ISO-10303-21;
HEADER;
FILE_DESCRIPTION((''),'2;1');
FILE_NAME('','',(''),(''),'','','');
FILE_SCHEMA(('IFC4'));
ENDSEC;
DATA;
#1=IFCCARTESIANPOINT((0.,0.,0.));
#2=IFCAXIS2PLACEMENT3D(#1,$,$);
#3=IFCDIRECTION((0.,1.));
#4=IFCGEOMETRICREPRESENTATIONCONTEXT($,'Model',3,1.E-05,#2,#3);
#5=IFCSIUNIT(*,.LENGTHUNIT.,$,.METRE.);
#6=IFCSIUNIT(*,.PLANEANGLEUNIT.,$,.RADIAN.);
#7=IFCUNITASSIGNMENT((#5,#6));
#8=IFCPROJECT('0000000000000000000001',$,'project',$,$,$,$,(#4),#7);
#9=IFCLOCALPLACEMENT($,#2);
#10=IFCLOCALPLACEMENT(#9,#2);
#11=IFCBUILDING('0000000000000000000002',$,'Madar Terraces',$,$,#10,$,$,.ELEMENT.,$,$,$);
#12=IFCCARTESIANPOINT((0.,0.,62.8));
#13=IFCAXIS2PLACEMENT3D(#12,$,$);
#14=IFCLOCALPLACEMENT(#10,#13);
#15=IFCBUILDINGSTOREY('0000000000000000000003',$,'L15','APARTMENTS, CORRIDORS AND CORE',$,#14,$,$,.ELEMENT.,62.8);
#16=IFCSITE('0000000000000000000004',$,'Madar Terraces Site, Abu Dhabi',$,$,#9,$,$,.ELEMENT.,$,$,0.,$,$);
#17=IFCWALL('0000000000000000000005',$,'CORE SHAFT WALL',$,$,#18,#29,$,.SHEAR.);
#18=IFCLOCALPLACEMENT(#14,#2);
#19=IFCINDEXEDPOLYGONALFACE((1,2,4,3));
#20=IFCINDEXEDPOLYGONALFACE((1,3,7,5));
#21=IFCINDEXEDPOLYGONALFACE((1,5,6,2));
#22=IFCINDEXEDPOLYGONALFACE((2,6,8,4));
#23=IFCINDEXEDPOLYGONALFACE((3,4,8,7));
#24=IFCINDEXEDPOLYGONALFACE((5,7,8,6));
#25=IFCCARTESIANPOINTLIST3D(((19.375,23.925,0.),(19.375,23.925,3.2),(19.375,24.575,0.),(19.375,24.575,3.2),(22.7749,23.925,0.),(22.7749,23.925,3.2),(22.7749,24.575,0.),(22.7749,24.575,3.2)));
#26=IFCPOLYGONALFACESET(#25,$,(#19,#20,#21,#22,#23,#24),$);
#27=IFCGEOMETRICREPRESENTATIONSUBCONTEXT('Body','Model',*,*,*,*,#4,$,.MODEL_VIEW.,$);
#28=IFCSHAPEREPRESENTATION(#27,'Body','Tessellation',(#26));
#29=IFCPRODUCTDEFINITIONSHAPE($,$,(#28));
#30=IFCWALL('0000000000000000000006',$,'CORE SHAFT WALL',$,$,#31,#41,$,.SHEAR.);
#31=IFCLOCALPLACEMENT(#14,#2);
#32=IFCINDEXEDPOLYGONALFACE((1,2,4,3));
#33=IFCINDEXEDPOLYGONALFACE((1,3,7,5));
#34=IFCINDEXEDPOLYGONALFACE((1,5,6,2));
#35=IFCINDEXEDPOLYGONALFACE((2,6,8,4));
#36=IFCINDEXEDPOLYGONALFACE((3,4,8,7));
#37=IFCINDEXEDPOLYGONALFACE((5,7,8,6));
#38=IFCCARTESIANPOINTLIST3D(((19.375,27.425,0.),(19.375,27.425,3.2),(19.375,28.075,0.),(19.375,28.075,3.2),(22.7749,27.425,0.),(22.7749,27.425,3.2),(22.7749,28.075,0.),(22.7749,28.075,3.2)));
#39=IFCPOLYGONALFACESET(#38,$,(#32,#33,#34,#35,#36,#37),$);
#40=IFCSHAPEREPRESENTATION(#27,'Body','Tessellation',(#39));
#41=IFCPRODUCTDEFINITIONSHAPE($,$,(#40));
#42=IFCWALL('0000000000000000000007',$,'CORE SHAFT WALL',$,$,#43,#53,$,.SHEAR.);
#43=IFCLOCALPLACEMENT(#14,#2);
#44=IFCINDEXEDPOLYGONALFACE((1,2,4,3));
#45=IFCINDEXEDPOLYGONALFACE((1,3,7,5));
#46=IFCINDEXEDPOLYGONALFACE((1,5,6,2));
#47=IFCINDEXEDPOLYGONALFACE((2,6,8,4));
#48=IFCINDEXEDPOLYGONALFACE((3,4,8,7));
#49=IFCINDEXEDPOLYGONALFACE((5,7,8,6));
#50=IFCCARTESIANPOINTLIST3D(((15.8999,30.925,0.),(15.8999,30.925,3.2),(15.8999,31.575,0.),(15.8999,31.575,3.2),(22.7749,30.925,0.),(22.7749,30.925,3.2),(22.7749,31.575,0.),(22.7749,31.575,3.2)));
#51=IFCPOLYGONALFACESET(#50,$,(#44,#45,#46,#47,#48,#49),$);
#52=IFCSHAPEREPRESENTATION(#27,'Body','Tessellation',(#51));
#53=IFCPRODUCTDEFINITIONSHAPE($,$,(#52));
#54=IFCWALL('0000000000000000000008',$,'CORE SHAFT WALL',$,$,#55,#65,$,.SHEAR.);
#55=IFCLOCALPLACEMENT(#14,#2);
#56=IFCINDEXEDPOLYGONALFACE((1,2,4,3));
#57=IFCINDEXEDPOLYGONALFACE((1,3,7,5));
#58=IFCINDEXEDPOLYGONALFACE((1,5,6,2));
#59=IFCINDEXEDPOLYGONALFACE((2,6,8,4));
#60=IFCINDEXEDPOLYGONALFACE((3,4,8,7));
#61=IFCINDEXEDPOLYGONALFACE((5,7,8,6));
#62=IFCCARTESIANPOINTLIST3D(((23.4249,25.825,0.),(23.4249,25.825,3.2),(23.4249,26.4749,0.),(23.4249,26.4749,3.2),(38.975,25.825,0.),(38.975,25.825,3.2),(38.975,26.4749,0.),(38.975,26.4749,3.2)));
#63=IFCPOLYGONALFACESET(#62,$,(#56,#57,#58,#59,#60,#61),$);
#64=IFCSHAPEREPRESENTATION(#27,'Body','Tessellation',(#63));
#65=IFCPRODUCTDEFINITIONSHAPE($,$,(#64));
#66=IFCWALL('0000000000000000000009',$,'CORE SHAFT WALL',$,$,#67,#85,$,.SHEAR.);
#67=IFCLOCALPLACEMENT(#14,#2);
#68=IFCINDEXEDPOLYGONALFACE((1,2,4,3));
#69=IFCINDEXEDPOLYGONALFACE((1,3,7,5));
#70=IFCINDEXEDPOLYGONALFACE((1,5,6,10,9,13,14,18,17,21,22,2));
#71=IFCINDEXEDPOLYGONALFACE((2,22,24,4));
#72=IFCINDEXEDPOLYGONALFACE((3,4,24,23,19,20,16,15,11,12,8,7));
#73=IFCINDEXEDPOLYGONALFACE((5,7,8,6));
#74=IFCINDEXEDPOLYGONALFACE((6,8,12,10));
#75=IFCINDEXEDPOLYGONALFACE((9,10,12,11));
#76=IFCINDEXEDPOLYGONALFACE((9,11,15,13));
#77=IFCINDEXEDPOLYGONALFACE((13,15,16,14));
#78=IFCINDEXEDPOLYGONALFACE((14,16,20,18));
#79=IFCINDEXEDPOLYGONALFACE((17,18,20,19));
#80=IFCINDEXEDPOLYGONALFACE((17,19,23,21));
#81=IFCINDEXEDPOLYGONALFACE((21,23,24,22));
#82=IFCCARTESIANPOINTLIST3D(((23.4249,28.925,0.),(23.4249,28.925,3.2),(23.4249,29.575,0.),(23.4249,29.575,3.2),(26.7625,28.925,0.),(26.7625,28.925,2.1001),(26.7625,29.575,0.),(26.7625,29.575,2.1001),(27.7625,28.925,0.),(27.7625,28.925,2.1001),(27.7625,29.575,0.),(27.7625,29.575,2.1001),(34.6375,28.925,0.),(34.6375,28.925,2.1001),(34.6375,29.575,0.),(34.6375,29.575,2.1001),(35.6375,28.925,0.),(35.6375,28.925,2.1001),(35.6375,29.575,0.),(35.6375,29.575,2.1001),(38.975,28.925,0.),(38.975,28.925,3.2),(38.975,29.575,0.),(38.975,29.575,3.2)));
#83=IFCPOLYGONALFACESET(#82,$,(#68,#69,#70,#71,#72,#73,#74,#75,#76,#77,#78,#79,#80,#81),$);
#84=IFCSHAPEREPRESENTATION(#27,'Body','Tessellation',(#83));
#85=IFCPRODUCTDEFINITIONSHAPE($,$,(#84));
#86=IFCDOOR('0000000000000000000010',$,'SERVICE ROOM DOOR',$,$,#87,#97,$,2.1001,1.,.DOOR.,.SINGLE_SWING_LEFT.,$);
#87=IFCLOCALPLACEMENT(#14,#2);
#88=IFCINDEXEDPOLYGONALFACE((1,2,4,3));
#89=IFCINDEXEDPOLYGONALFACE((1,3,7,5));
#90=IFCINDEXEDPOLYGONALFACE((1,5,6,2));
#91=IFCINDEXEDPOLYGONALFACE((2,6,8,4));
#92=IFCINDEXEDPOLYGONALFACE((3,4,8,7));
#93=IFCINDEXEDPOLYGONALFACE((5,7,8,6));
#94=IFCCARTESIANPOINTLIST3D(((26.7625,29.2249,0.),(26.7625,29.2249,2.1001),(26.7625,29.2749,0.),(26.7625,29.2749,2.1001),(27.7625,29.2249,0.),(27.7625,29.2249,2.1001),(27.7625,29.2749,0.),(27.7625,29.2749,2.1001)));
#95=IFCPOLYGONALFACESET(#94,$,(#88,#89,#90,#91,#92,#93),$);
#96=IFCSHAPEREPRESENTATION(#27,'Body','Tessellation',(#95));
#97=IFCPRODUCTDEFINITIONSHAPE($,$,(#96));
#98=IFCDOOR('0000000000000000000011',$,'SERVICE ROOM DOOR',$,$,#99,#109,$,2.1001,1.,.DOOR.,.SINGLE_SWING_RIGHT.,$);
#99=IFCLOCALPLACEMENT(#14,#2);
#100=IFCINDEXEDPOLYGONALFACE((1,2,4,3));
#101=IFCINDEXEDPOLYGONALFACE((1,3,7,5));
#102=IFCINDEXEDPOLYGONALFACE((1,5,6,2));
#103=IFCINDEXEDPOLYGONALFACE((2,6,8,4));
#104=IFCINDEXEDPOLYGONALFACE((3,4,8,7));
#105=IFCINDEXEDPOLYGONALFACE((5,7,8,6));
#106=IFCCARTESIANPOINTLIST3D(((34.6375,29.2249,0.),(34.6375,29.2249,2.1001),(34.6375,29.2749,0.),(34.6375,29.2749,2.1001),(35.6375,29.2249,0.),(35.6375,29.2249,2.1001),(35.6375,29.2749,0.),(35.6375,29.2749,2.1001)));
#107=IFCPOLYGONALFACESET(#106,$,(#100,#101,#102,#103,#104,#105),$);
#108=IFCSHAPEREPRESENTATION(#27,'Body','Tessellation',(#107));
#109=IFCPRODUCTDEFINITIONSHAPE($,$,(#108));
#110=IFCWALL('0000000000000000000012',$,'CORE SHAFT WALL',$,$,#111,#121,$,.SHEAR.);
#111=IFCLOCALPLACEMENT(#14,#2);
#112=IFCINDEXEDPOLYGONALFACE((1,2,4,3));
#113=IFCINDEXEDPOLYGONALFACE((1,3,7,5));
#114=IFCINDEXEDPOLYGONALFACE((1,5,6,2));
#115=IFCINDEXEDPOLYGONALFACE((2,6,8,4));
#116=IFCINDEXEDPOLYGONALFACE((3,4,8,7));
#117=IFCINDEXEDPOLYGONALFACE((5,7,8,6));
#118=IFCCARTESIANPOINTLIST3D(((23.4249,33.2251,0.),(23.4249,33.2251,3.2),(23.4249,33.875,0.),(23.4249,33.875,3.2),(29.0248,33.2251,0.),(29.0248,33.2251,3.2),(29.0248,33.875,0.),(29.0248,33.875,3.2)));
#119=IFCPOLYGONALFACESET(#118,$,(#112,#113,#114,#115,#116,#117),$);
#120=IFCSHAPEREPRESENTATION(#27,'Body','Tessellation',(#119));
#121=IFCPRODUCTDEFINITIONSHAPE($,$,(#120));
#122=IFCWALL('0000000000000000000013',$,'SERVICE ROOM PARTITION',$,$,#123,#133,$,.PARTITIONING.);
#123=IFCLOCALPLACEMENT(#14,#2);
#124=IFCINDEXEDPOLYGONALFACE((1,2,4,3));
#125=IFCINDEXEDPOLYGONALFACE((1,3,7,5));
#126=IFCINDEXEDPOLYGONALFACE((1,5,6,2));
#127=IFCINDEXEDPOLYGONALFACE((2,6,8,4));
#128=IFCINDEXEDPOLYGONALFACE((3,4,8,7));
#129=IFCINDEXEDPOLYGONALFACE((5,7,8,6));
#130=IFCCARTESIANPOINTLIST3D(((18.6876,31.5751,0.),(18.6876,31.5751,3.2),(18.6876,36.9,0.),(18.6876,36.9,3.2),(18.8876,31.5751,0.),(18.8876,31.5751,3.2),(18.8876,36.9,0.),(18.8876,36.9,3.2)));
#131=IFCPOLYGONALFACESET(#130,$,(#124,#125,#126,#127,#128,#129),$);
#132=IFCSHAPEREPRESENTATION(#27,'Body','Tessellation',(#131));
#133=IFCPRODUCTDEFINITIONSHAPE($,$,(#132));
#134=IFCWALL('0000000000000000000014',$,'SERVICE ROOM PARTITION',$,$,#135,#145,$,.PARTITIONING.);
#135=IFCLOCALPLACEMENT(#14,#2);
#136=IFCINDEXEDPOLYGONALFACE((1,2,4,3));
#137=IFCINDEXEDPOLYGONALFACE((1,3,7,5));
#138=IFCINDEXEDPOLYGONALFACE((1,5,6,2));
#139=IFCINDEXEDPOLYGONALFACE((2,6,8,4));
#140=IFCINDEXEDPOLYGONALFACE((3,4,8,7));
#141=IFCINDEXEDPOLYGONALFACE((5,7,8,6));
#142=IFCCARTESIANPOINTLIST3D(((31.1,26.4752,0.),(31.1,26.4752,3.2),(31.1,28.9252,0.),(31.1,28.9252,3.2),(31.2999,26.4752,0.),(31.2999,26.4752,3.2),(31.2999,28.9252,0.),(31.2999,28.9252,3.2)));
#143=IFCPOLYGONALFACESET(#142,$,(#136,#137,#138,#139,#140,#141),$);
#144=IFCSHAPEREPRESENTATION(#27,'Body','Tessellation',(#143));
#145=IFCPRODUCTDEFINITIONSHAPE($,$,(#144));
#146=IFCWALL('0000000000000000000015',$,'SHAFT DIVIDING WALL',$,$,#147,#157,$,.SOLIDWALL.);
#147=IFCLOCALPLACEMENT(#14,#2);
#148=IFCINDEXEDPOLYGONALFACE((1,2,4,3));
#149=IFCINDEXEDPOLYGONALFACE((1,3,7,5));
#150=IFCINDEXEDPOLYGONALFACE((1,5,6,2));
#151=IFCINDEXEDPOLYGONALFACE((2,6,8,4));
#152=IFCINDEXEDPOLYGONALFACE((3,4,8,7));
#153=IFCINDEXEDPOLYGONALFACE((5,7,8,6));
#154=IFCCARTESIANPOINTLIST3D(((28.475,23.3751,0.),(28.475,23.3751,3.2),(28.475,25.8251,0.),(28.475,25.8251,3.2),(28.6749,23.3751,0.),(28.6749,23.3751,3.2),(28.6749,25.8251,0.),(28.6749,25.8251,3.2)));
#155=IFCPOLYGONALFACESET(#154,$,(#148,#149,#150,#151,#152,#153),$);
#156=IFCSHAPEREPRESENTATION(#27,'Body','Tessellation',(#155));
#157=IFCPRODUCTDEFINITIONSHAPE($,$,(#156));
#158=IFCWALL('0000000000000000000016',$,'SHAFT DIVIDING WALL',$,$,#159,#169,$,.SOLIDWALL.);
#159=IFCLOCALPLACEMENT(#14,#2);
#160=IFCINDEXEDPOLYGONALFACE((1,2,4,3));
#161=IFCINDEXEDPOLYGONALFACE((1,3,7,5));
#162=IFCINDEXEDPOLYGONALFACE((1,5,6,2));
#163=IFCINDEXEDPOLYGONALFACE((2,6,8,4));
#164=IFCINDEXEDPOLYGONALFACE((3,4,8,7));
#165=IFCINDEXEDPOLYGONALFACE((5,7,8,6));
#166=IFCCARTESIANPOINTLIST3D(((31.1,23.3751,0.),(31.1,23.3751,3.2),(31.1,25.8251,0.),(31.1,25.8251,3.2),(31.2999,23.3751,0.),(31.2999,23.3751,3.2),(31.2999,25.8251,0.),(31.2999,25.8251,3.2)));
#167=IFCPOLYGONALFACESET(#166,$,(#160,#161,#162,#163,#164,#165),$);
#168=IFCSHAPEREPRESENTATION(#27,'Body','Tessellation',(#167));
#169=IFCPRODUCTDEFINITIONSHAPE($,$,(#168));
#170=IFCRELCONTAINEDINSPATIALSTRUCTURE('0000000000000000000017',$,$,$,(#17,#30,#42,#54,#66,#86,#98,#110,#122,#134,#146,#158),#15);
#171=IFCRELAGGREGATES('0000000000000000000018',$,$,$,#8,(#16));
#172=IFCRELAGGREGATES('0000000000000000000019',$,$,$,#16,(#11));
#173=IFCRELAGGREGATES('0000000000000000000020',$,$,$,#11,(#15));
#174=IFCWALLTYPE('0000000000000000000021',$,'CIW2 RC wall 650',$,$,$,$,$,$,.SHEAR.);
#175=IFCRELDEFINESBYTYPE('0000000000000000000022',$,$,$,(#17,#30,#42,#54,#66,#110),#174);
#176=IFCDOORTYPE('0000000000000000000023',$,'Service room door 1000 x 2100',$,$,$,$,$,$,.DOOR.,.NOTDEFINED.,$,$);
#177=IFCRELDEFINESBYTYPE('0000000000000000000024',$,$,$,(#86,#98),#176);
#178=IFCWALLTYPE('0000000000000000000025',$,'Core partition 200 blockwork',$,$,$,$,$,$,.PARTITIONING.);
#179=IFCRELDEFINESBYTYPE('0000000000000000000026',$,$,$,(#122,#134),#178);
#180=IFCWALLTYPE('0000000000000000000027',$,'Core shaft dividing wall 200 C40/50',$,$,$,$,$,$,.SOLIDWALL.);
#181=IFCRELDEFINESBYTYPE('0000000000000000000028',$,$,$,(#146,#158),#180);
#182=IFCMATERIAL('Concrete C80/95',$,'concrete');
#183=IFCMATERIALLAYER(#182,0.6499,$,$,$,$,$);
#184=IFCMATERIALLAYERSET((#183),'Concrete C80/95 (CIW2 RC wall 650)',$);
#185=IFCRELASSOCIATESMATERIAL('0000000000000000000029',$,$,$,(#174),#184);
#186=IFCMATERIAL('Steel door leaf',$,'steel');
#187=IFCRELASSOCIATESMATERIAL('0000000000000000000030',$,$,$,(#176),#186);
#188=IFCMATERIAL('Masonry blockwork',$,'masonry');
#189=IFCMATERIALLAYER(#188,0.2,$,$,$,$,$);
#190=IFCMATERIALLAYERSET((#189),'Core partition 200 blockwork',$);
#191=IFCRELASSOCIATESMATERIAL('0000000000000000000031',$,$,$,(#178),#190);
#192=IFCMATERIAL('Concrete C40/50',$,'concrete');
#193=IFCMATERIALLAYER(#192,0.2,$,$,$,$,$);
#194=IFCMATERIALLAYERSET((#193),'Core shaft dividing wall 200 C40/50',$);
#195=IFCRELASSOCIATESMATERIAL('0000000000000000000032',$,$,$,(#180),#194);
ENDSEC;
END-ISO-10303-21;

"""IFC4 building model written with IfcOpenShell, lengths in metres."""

from ifc_helpers import new_model, si_unit, direction, frame, frame_2d, origin, place, context, subcontext, project, spatial, rectangle, extrude, material, layer, layer_set, type_object, element, fill, save


model = new_model("IFC4")

# Units and contexts
model_context = context("Model", 3, precision=1e-05, world=origin(), true_north=direction((0.0, 1.0)))
body_context = subcontext(model_context, "Body", "Model", "MODEL_VIEW")
ifc_project = project(units=[si_unit("LENGTHUNIT", "METRE"), si_unit("PLANEANGLEUNIT", "RADIAN")], contexts=[model_context])

# Site, building, storey
site_placement = place(None, origin())
site = spatial("IfcSite", under=ifc_project, at=site_placement, Name="Madar Terraces Site, Abu Dhabi", CompositionType="ELEMENT", RefElevation=0.0)
building_placement = place(site_placement, origin())
building = spatial("IfcBuilding", under=site, at=building_placement, Name="Madar Terraces", CompositionType="ELEMENT")
storey_placement = place(building_placement, frame((0.0, 0.0, 62.8)))
storey = spatial("IfcBuildingStorey", under=building, at=storey_placement, Name="L15", Description="APARTMENTS, CORRIDORS AND CORE", CompositionType="ELEMENT", Elevation=62.8)

# Walls
ifc_material_1 = material(Name="Concrete C80/95", Category="concrete")
ifc_layer_1 = layer(ifc_material_1, 0.6499)
ifc_layer_set_1 = layer_set([ifc_layer_1], Name="Concrete C80/95 (CIW2 RC wall 650)")
wall_type_1 = type_object("IfcWallType", Name="CIW2 RC wall 650", PredefinedType="SHEAR", material=ifc_layer_set_1)
for number, where, z_axis, x_axis, name in (
    (1, (19.375, 24.25, 0.0), (0.0, 0.0, 1.0), (1.0, 0.0, 0.0), "CORE SHAFT WALL"),
    (2, (19.375, 27.75, 0.0), (0.0, 0.0, 1.0), (1.0, 0.0, 0.0), "CORE SHAFT WALL"),
):
    element("IfcWall", number, at=place(storey_placement, frame(where, z_axis=z_axis, x_axis=x_axis)), inside=storey, type_object=wall_type_1, Name=name, PredefinedType="SHEAR", context=body_context, shape_type="SweptSolid", body=[
        extrude(rectangle(XDim=3.3999, YDim=0.6499, at=frame_2d((1.7, 0.0))), origin(), (0.0, 0.0, 1.0), 3.2),
    ])
wall_1_placement = place(storey_placement, frame((15.8999, 31.25, 0.0), z_axis=(0.0, 0.0, 1.0), x_axis=(1.0, 0.0, 0.0)))
element("IfcWall", 3, at=wall_1_placement, inside=storey, type_object=wall_type_1, Name="CORE SHAFT WALL", PredefinedType="SHEAR", context=body_context, shape_type="SweptSolid", body=[
    extrude(rectangle(XDim=6.875, YDim=0.6499, at=frame_2d((3.4375, 0.0))), origin(), (0.0, 0.0, 1.0), 3.2),
])
wall_2_placement = place(storey_placement, frame((23.425, 26.1499, 0.0), z_axis=(0.0, 0.0, 1.0), x_axis=(1.0, 0.0, 0.0)))
element("IfcWall", 4, at=wall_2_placement, inside=storey, type_object=wall_type_1, Name="CORE SHAFT WALL", PredefinedType="SHEAR", context=body_context, shape_type="SweptSolid", body=[
    extrude(rectangle(XDim=15.55, YDim=0.6499, at=frame_2d((7.7749, 0.0))), origin(), (0.0, 0.0, 1.0), 3.2),
])

# Wall, openings, doors
wall_3_placement = place(storey_placement, frame((23.425, 29.25, 0.0), z_axis=(0.0, 0.0, 1.0), x_axis=(1.0, 0.0, 0.0)))
wall_3 = element("IfcWall", 5, at=wall_3_placement, inside=storey, type_object=wall_type_1, Name="CORE SHAFT WALL", PredefinedType="SHEAR", context=body_context, shape_type="SweptSolid", body=[
    extrude(rectangle(XDim=15.55, YDim=0.6499, at=frame_2d((7.7749, 0.0))), origin(), (0.0, 0.0, 1.0), 3.2),
])
opening_1_placement = place(wall_3_placement, frame((3.3374, 0.0, 0.0)))
opening_1 = element("IfcOpeningElement", 6, at=opening_1_placement, cuts=wall_3, PredefinedType="OPENING", context=body_context, shape_type="SweptSolid", body=[
    extrude(rectangle(XDim=1.0, YDim=2.1001, at=frame_2d((0.5, 1.05))), frame((0.0, 0.335, 0.0), z_axis=(0.0, -1.0, 0.0), x_axis=(1.0, 0.0, 0.0)), (0.0, 0.0, 1.0), 0.6699),
])
opening_2_placement = place(wall_3_placement, frame((11.2124, 0.0, 0.0)))
opening_2 = element("IfcOpeningElement", 7, at=opening_2_placement, cuts=wall_3, PredefinedType="OPENING", context=body_context, shape_type="SweptSolid", body=[
    extrude(rectangle(XDim=1.0, YDim=2.1001, at=frame_2d((0.5, 1.05))), frame((0.0, 0.335, 0.0), z_axis=(0.0, -1.0, 0.0), x_axis=(1.0, 0.0, 0.0)), (0.0, 0.0, 1.0), 0.6699),
])
ifc_material_2 = material(Name="Steel door leaf", Category="steel")
door_type = type_object("IfcDoorType", Name="Service room door 1000 x 2100", OperationType="NOTDEFINED", PredefinedType="DOOR", material=ifc_material_2)
door_1_placement = place(opening_1_placement, origin())
door_1 = element("IfcDoor", 8, at=door_1_placement, inside=storey, type_object=door_type, Name="SERVICE ROOM DOOR", OperationType="SINGLE_SWING_LEFT", OverallHeight=2.1001, OverallWidth=1.0, PredefinedType="DOOR", context=body_context, shape_type="SweptSolid", body=[
    extrude(rectangle(XDim=1.0, YDim=2.1001, at=frame_2d((0.5, 1.05))), frame((0.0, 0.0249, 0.0), z_axis=(0.0, -1.0, 0.0), x_axis=(1.0, 0.0, 0.0)), (0.0, 0.0, 1.0), 0.05),
])
fill(opening_1, door_1)
door_2_placement = place(opening_2_placement, origin())
door_2 = element("IfcDoor", 9, at=door_2_placement, inside=storey, type_object=door_type, Name="SERVICE ROOM DOOR", OperationType="SINGLE_SWING_RIGHT", OverallHeight=2.1001, OverallWidth=1.0, PredefinedType="DOOR", context=body_context, shape_type="SweptSolid", body=[
    extrude(rectangle(XDim=1.0, YDim=2.1001, at=frame_2d((0.5, 1.05))), frame((0.0, 0.0249, 0.0), z_axis=(0.0, -1.0, 0.0), x_axis=(1.0, 0.0, 0.0)), (0.0, 0.0, 1.0), 0.05),
])
fill(opening_2, door_2)

# Walls
wall_4_placement = place(storey_placement, frame((23.425, 33.55, 0.0), z_axis=(0.0, 0.0, 1.0), x_axis=(1.0, 0.0, 0.0)))
element("IfcWall", 10, at=wall_4_placement, inside=storey, type_object=wall_type_1, Name="CORE SHAFT WALL", PredefinedType="SHEAR", context=body_context, shape_type="SweptSolid", body=[
    extrude(rectangle(XDim=5.5999, YDim=0.6499, at=frame_2d((2.7998, 0.0))), origin(), (0.0, 0.0, 1.0), 3.2),
])
ifc_material_3 = material(Name="Masonry blockwork", Category="masonry")
ifc_layer_2 = layer(ifc_material_3, 0.2)
ifc_layer_set_2 = layer_set([ifc_layer_2], Name="Core partition 200 blockwork")
wall_type_2 = type_object("IfcWallType", Name="Core partition 200 blockwork", PredefinedType="PARTITIONING", material=ifc_layer_set_2)
wall_5_placement = place(storey_placement, frame((18.7876, 31.575, 0.0), z_axis=(0.0, 0.0, 1.0), x_axis=(0.0, 1.0, 0.0)))
element("IfcWall", 11, at=wall_5_placement, inside=storey, type_object=wall_type_2, Name="SERVICE ROOM PARTITION", PredefinedType="PARTITIONING", context=body_context, shape_type="SweptSolid", body=[
    extrude(rectangle(XDim=5.325, YDim=0.2, at=frame_2d((2.6626, 0.0))), origin(), (0.0, 0.0, 1.0), 3.2),
])
wall_6_placement = place(storey_placement, frame((31.2, 26.4751, 0.0), z_axis=(0.0, 0.0, 1.0), x_axis=(0.0, 1.0, 0.0)))
element("IfcWall", 12, at=wall_6_placement, inside=storey, type_object=wall_type_2, Name="SERVICE ROOM PARTITION", PredefinedType="PARTITIONING", context=body_context, shape_type="SweptSolid", body=[
    extrude(rectangle(XDim=2.45, YDim=0.2, at=frame_2d((1.2251, 0.0))), origin(), (0.0, 0.0, 1.0), 3.2),
])
ifc_material_4 = material(Name="Concrete C40/50", Category="concrete")
ifc_layer_3 = layer(ifc_material_4, 0.2)
ifc_layer_set_3 = layer_set([ifc_layer_3], Name="Core shaft dividing wall 200 C40/50")
wall_type_3 = type_object("IfcWallType", Name="Core shaft dividing wall 200 C40/50", PredefinedType="SOLIDWALL", material=ifc_layer_set_3)
for number, where, z_axis, x_axis, name in (
    (13, (28.575, 23.375, 0.0), (0.0, 0.0, 1.0), (0.0, 1.0, 0.0), "SHAFT DIVIDING WALL"),
    (14, (31.2, 23.375, 0.0), (0.0, 0.0, 1.0), (0.0, 1.0, 0.0), "SHAFT DIVIDING WALL"),
):
    element("IfcWall", number, at=place(storey_placement, frame(where, z_axis=z_axis, x_axis=x_axis)), inside=storey, type_object=wall_type_3, Name=name, PredefinedType="SOLIDWALL", context=body_context, shape_type="SweptSolid", body=[
        extrude(rectangle(XDim=2.45, YDim=0.2, at=frame_2d((1.2251, 0.0))), origin(), (0.0, 0.0, 1.0), 3.2),
    ])

save(model, "model.ifc")
